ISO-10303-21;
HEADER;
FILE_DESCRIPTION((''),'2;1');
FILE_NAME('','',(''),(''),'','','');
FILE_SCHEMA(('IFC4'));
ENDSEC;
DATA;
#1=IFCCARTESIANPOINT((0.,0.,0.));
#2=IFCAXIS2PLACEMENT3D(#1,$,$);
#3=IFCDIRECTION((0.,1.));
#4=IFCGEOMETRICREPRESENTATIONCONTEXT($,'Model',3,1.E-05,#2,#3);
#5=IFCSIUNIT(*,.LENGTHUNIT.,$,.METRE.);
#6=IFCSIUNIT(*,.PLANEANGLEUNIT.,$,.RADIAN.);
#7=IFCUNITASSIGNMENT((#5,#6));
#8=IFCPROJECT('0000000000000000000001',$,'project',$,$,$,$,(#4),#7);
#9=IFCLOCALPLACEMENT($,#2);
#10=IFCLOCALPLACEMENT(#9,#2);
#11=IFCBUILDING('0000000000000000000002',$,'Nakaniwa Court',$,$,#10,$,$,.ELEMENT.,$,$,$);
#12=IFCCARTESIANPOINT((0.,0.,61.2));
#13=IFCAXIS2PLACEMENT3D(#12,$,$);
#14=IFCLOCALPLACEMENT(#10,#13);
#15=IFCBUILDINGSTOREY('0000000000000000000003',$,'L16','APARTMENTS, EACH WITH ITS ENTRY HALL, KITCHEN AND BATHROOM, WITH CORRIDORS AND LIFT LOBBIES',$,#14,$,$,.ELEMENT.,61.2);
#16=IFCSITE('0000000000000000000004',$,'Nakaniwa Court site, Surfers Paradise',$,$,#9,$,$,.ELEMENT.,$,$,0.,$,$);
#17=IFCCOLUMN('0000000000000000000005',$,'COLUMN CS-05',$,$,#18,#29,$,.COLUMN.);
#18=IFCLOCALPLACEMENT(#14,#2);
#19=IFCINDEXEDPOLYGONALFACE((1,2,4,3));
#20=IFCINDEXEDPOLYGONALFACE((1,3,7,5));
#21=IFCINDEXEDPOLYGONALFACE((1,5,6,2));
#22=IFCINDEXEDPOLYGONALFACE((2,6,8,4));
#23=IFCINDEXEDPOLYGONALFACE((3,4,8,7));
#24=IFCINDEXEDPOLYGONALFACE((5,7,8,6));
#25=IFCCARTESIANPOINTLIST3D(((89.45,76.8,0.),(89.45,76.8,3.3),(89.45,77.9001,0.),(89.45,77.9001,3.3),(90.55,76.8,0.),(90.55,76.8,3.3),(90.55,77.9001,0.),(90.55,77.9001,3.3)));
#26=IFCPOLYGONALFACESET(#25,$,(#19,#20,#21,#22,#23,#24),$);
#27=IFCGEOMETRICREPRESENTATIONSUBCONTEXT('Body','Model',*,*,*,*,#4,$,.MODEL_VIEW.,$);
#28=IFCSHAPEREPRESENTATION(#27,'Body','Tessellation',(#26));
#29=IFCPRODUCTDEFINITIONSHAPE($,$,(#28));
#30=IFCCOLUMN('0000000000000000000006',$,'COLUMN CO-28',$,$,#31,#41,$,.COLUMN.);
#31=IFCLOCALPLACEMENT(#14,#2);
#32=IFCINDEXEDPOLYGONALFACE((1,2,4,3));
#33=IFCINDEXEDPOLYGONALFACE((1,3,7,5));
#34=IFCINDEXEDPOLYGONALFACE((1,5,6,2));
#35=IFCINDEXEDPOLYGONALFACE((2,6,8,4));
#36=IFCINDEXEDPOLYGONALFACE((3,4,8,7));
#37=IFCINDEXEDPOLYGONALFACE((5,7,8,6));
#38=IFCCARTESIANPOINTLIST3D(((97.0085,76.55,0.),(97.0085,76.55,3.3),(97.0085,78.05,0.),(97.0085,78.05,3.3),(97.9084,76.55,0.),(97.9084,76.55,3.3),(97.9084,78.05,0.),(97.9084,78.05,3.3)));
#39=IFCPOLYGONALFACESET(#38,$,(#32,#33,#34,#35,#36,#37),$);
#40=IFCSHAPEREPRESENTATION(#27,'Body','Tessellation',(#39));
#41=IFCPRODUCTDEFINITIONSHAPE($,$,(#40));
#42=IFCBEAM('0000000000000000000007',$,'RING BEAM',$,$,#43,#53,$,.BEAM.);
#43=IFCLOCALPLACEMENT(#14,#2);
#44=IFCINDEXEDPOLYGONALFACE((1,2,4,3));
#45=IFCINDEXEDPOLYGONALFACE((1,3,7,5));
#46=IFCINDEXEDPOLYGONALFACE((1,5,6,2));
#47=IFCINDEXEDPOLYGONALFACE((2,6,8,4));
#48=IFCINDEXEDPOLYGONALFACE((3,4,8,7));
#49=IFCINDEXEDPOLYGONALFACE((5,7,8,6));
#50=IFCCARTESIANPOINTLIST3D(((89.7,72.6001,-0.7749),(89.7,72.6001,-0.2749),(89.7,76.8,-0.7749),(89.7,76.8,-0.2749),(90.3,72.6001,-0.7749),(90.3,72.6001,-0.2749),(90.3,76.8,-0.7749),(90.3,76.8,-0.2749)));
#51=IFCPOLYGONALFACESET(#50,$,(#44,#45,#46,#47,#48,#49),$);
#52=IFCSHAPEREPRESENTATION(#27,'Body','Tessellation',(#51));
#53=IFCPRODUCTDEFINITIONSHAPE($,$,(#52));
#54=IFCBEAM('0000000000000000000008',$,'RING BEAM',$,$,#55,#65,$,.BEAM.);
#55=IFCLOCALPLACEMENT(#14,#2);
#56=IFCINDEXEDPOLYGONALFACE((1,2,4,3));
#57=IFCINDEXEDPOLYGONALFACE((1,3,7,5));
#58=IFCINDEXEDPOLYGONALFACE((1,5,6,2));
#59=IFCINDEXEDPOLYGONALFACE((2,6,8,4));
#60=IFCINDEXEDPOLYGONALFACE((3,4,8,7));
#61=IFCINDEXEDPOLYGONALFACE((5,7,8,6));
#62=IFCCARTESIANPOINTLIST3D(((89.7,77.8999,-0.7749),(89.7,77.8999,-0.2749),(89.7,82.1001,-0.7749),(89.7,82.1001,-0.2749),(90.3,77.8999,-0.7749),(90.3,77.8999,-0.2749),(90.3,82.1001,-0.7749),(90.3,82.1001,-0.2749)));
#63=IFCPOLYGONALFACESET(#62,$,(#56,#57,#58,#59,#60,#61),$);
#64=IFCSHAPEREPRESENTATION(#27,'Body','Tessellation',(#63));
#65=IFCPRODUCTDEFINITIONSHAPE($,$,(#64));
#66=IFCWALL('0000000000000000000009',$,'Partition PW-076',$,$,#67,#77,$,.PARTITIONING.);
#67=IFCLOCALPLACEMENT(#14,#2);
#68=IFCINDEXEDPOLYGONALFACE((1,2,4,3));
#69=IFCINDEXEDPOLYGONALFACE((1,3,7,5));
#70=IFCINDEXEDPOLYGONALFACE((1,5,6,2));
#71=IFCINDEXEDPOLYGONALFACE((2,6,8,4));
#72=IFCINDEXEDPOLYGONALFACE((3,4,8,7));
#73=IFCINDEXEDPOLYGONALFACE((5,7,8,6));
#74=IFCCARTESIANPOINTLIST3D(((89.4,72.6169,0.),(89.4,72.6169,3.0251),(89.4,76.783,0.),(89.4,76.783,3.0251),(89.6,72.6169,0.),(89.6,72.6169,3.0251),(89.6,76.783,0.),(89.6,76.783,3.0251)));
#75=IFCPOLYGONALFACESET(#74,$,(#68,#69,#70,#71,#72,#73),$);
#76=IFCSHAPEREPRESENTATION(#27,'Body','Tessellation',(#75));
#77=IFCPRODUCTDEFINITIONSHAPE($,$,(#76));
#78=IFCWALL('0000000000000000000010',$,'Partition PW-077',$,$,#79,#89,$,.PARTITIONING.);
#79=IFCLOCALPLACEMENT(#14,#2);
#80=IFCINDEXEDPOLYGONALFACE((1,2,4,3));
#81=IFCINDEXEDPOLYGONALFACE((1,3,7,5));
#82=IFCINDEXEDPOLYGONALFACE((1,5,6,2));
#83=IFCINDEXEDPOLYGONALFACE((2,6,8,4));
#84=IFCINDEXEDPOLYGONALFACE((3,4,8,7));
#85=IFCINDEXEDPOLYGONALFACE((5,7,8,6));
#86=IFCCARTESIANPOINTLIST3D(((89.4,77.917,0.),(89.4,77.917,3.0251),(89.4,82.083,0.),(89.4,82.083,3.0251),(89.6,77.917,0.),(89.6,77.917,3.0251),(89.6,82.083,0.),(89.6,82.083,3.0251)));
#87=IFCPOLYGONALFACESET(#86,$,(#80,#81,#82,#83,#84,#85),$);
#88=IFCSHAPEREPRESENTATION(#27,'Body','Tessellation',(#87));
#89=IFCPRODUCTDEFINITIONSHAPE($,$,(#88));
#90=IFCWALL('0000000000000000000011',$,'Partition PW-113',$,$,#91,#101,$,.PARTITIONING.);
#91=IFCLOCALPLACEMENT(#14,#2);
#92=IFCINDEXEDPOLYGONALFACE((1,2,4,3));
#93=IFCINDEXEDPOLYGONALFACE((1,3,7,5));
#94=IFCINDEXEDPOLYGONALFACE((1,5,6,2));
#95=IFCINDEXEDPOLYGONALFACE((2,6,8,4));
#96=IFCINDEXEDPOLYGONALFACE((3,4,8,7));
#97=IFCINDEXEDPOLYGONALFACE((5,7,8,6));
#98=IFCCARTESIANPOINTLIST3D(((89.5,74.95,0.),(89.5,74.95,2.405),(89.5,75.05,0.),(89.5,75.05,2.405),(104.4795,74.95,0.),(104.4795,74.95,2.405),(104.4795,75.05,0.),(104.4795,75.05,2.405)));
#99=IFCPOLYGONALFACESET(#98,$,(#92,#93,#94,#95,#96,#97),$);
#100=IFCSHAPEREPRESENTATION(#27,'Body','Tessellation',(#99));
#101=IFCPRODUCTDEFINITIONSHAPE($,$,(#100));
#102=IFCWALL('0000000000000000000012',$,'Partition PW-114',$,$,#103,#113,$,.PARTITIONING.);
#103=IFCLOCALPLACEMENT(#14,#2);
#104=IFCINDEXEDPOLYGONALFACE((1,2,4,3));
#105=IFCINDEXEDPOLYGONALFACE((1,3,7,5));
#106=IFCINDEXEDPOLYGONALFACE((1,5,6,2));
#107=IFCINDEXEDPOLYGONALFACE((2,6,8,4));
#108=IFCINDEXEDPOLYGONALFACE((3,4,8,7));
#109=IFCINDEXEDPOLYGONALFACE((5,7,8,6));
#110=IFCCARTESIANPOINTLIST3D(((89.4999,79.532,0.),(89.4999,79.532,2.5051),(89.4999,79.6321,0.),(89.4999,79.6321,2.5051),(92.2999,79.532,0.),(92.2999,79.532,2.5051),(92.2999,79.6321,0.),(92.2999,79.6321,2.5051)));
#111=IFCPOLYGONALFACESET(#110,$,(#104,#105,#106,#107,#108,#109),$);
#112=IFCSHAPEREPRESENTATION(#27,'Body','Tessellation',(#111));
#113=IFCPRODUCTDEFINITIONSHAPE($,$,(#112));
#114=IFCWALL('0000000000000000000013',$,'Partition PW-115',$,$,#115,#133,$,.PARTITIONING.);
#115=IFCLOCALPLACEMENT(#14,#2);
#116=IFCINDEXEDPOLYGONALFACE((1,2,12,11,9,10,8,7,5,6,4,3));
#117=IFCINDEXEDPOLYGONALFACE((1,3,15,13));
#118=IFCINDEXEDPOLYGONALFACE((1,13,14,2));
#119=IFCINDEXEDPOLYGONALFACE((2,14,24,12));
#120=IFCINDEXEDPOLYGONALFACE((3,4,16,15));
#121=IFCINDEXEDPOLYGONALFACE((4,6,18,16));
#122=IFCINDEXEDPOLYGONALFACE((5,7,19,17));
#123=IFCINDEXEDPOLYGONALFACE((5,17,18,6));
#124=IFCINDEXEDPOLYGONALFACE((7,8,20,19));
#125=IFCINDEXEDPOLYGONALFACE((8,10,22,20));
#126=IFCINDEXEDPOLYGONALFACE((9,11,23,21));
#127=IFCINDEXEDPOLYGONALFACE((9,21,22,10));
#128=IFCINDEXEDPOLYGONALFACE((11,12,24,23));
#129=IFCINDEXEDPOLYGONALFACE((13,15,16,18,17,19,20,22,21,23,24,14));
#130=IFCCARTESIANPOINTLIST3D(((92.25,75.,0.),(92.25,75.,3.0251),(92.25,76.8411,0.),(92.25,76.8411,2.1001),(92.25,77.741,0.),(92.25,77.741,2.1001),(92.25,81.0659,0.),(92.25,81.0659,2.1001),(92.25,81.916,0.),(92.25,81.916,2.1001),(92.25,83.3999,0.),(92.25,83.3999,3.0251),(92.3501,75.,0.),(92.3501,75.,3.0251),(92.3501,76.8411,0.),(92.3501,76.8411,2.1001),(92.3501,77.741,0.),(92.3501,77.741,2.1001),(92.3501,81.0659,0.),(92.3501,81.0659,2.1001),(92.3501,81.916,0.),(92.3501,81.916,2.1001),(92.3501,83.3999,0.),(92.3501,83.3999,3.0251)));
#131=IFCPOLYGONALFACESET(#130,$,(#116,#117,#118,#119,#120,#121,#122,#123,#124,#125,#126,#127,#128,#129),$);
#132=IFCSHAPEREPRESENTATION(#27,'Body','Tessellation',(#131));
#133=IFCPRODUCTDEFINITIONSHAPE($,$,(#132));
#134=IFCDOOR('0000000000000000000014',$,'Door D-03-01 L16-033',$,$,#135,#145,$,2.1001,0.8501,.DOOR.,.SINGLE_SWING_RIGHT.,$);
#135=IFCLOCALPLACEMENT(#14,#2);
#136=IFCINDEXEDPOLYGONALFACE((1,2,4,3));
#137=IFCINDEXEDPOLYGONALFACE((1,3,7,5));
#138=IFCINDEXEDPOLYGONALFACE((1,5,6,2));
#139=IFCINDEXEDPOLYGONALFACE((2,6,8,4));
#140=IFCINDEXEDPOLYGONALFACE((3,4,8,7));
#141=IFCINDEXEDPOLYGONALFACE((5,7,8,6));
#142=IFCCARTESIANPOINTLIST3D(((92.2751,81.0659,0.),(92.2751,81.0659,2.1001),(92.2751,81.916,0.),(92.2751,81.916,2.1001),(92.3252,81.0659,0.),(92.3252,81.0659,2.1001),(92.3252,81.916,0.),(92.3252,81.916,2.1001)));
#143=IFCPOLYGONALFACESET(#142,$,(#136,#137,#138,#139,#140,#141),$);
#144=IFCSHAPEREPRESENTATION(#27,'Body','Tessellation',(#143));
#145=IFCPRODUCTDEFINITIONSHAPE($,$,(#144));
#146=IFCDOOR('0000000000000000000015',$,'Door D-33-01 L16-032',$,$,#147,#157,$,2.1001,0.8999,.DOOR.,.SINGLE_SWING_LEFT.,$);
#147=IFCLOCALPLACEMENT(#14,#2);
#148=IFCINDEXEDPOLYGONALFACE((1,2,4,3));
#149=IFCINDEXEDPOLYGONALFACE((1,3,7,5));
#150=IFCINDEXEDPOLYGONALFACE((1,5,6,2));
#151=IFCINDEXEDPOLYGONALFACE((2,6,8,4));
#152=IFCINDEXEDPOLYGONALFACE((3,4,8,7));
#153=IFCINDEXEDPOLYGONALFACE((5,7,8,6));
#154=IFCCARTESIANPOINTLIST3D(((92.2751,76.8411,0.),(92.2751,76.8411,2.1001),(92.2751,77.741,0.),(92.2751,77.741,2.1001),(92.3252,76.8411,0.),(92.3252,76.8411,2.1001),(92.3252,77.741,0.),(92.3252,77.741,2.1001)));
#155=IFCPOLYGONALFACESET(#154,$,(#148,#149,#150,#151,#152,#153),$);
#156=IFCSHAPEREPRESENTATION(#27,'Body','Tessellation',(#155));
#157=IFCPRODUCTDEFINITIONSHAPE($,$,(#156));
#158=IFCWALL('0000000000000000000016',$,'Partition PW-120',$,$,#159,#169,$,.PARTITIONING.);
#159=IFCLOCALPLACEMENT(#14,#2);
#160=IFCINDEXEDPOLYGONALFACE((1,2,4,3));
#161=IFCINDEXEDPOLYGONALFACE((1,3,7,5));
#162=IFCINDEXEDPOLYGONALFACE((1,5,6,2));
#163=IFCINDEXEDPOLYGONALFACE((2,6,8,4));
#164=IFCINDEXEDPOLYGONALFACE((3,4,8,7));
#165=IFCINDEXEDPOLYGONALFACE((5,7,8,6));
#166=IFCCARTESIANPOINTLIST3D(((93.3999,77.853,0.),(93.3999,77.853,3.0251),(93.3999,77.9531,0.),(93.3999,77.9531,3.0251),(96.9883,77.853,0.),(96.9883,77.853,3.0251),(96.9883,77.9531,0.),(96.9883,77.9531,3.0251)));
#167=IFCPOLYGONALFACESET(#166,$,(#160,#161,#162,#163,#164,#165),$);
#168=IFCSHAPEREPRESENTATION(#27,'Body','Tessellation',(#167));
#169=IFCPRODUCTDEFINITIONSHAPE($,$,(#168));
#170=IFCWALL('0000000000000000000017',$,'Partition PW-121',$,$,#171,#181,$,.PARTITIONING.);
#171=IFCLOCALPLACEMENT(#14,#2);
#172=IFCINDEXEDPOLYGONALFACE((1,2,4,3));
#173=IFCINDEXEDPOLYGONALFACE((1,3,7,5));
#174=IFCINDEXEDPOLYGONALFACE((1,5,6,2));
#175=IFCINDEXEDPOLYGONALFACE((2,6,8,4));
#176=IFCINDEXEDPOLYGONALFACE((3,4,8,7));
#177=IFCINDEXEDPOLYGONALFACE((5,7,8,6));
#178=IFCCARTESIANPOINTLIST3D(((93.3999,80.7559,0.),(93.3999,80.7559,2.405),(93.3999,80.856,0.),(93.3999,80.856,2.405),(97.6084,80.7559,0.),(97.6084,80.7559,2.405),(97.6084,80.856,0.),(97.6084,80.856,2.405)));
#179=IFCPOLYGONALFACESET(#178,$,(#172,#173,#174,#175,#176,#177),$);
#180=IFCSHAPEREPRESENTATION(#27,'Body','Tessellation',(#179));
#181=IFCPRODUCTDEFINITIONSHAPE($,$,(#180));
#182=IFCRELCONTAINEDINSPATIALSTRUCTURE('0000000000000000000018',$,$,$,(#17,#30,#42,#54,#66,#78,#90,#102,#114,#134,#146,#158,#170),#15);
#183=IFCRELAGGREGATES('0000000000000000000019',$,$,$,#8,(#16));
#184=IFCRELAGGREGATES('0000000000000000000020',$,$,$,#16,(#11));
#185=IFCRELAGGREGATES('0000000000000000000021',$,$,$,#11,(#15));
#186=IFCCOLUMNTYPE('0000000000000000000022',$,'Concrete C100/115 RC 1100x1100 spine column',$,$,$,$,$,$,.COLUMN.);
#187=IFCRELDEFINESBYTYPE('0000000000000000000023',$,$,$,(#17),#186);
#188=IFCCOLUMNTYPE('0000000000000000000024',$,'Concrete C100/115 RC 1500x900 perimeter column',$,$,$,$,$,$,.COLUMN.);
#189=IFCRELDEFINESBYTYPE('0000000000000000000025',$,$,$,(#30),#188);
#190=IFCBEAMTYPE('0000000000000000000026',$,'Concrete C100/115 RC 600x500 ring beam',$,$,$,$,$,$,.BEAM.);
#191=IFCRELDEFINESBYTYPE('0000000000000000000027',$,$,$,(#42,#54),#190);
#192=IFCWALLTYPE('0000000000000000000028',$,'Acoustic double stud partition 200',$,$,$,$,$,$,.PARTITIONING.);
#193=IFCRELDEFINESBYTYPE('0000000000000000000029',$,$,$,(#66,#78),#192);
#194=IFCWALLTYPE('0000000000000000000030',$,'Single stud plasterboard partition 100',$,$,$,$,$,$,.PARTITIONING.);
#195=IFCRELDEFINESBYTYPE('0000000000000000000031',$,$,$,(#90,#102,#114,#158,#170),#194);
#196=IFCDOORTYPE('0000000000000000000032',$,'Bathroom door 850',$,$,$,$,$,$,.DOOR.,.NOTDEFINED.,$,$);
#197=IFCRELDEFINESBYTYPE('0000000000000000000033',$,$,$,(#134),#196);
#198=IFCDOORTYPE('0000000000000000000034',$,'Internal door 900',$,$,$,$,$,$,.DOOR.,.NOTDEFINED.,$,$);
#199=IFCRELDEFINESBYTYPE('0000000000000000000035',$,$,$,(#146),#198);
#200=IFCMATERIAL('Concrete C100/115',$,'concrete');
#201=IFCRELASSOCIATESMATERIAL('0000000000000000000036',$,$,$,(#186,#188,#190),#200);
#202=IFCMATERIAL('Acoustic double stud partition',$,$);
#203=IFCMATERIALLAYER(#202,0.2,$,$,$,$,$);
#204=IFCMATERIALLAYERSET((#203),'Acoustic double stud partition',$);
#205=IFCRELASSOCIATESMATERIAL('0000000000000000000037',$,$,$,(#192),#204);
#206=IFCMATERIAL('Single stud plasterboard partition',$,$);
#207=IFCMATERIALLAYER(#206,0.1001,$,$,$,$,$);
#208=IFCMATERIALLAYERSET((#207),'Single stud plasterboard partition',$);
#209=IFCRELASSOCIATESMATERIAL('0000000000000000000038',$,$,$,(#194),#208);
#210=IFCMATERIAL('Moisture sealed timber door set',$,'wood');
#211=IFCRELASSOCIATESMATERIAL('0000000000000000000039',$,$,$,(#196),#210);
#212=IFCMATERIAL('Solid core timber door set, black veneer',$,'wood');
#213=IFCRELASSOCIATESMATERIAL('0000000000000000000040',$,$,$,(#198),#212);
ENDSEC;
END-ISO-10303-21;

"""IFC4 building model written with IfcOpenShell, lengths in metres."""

from ifc_helpers import new_model, si_unit, direction, frame, frame_2d, origin, origin_2d, place, context, subcontext, project, spatial, rectangle, extrude, material, layer, layer_set, material_profile, profile_set, type_object, element, fill, save


model = new_model("IFC4")

# Units and contexts
model_context = context("Model", 3, precision=1e-05, world=origin(), true_north=direction((0.0, 1.0)))
body_context = subcontext(model_context, "Body", "Model", "MODEL_VIEW")
ifc_project = project(units=[si_unit("LENGTHUNIT", "METRE"), si_unit("PLANEANGLEUNIT", "RADIAN")], contexts=[model_context])

# Site, building, storey
site_placement = place(None, origin())
site = spatial("IfcSite", under=ifc_project, at=site_placement, Name="Nakaniwa Court site, Surfers Paradise", CompositionType="ELEMENT", RefElevation=0.0)
building_placement = place(site_placement, origin())
building = spatial("IfcBuilding", under=site, at=building_placement, Name="Nakaniwa Court", CompositionType="ELEMENT")
storey_placement = place(building_placement, frame((0.0, 0.0, 61.2)))
storey = spatial("IfcBuildingStorey", under=building, at=storey_placement, Name="L16", Description="APARTMENTS, EACH WITH ITS ENTRY HALL, KITCHEN AND BATHROOM, WITH CORRIDORS AND LIFT LOBBIES", CompositionType="ELEMENT", Elevation=61.2)

# Columns
ifc_material_1 = material(Name="Concrete C100/115", Category="concrete")
ifc_material_profile_1 = material_profile(ifc_material_1, rectangle(XDim=1.1001, YDim=1.1001, at=origin_2d()), Name="Concrete C100/115 RC 1100x1100 spine column")
ifc_profile_set_1 = profile_set([ifc_material_profile_1], Name="Concrete C100/115")
column_type_1 = type_object("IfcColumnType", Name="Concrete C100/115 RC 1100x1100 spine column", PredefinedType="COLUMN", material=ifc_profile_set_1)
column_1_placement = place(storey_placement, frame((90.0, 77.3501, 0.0), z_axis=(0.0, 0.0, 1.0), x_axis=(0.0, 1.0, 0.0)))
element("IfcColumn", 1, at=column_1_placement, inside=storey, type_object=column_type_1, Name="COLUMN CS-05", PredefinedType="COLUMN", context=body_context, shape_type="SweptSolid", body=[
    extrude(rectangle(XDim=1.1001, YDim=1.1001, at=origin_2d()), origin(), (0.0, 0.0, 1.0), 3.3),
])
ifc_material_profile_2 = material_profile(ifc_material_1, rectangle(XDim=1.5, YDim=0.8999, at=origin_2d()), Name="Concrete C100/115 RC 1500x900 perimeter column")
ifc_profile_set_2 = profile_set([ifc_material_profile_2], Name="Concrete C100/115")
column_type_2 = type_object("IfcColumnType", Name="Concrete C100/115 RC 1500x900 perimeter column", PredefinedType="COLUMN", material=ifc_profile_set_2)
column_2_placement = place(storey_placement, frame((97.4585, 77.3, 0.0), z_axis=(0.0, 0.0, 1.0), x_axis=(0.0, 1.0, 0.0)))
element("IfcColumn", 2, at=column_2_placement, inside=storey, type_object=column_type_2, Name="COLUMN CO-28", PredefinedType="COLUMN", context=body_context, shape_type="SweptSolid", body=[
    extrude(rectangle(XDim=1.5, YDim=0.8999, at=origin_2d()), origin(), (0.0, 0.0, 1.0), 3.3),
])

# Beams
ifc_material_profile_3 = material_profile(ifc_material_1, rectangle(XDim=0.6001, YDim=0.5, at=origin_2d()), Name="Concrete C100/115 RC 600x500 ring beam")
ifc_profile_set_3 = profile_set([ifc_material_profile_3], Name="Concrete C100/115")
beam_type = type_object("IfcBeamType", Name="Concrete C100/115 RC 600x500 ring beam", PredefinedType="BEAM", material=ifc_profile_set_3)
beam_1_placement = place(storey_placement, frame((90.0, 72.6001, -0.5249), z_axis=(0.0, 1.0, 0.0), x_axis=(-1.0, 0.0, 0.0)))
element("IfcBeam", 3, at=beam_1_placement, inside=storey, type_object=beam_type, Name="RING BEAM", PredefinedType="BEAM", context=body_context, shape_type="SweptSolid", body=[
    extrude(rectangle(XDim=0.6001, YDim=0.5, at=origin_2d()), origin(), (0.0, 0.0, 1.0), 4.2),
])
beam_2_placement = place(storey_placement, frame((90.0, 77.8999, -0.5249), z_axis=(0.0, 1.0, 0.0), x_axis=(-1.0, 0.0, 0.0)))
element("IfcBeam", 4, at=beam_2_placement, inside=storey, type_object=beam_type, Name="RING BEAM", PredefinedType="BEAM", context=body_context, shape_type="SweptSolid", body=[
    extrude(rectangle(XDim=0.6001, YDim=0.5, at=origin_2d()), origin(), (0.0, 0.0, 1.0), 4.2002),
])

# Walls
ifc_material_2 = material(Name="Acoustic double stud partition")
ifc_layer_1 = layer(ifc_material_2, 0.2)
ifc_layer_set_1 = layer_set([ifc_layer_1], Name="Acoustic double stud partition")
wall_type_1 = type_object("IfcWallType", Name="Acoustic double stud partition 200", PredefinedType="PARTITIONING", material=ifc_layer_set_1)
for number, where, z_axis, x_axis, name in (
    (5, (89.5, 72.6169, 0.0), (0.0, 0.0, 1.0), (0.0, 1.0, 0.0), "Partition PW-076"),
    (6, (89.5, 77.917, 0.0), (0.0, 0.0, 1.0), (0.0, 1.0, 0.0), "Partition PW-077"),
):
    element("IfcWall", number, at=place(storey_placement, frame(where, z_axis=z_axis, x_axis=x_axis)), inside=storey, type_object=wall_type_1, Name=name, PredefinedType="PARTITIONING", context=body_context, shape_type="SweptSolid", body=[
        extrude(rectangle(XDim=4.166, YDim=0.2, at=frame_2d((2.083, 0.0))), origin(), (0.0, 0.0, 1.0), 3.0251),
    ])
ifc_material_3 = material(Name="Single stud plasterboard partition")
ifc_layer_2 = layer(ifc_material_3, 0.1001)
ifc_layer_set_2 = layer_set([ifc_layer_2], Name="Single stud plasterboard partition")
wall_type_2 = type_object("IfcWallType", Name="Single stud plasterboard partition 100", PredefinedType="PARTITIONING", material=ifc_layer_set_2)
wall_1_placement = place(storey_placement, frame((89.5, 75.0, 0.0), z_axis=(0.0, 0.0, 1.0), x_axis=(1.0, 0.0, 0.0)))
element("IfcWall", 7, at=wall_1_placement, inside=storey, type_object=wall_type_2, Name="Partition PW-113", PredefinedType="PARTITIONING", context=body_context, shape_type="SweptSolid", body=[
    extrude(rectangle(XDim=14.9795, YDim=0.1001, at=frame_2d((7.4897, 0.0))), origin(), (0.0, 0.0, 1.0), 2.405),
])
wall_2_placement = place(storey_placement, frame((89.5, 79.582, 0.0), z_axis=(0.0, 0.0, 1.0), x_axis=(1.0, 0.0, 0.0)))
element("IfcWall", 8, at=wall_2_placement, inside=storey, type_object=wall_type_2, Name="Partition PW-114", PredefinedType="PARTITIONING", context=body_context, shape_type="SweptSolid", body=[
    extrude(rectangle(XDim=2.8, YDim=0.1001, at=frame_2d((1.3999, 0.0))), origin(), (0.0, 0.0, 1.0), 2.5051),
])

# Wall, openings, doors
wall_3_placement = place(storey_placement, frame((92.3, 75.0, 0.0), z_axis=(0.0, 0.0, 1.0), x_axis=(0.0, 1.0, 0.0)))
wall_3 = element("IfcWall", 9, at=wall_3_placement, inside=storey, type_object=wall_type_2, Name="Partition PW-115", PredefinedType="PARTITIONING", context=body_context, shape_type="SweptSolid", body=[
    extrude(rectangle(XDim=8.3999, YDim=0.1001, at=frame_2d((4.2, 0.0))), origin(), (0.0, 0.0, 1.0), 3.0251),
])
opening_1_placement = place(wall_3_placement, frame((1.8411, 0.0, 0.0)))
opening_1 = element("IfcOpeningElement", 10, at=opening_1_placement, cuts=wall_3, PredefinedType="OPENING", context=body_context, shape_type="SweptSolid", body=[
    extrude(rectangle(XDim=0.8999, YDim=2.1001, at=frame_2d((0.45, 1.05))), frame((0.0, 0.0601, 0.0), z_axis=(0.0, -1.0, 0.0), x_axis=(1.0, 0.0, 0.0)), (0.0, 0.0, 1.0), 0.1201),
])
opening_2_placement = place(wall_3_placement, frame((6.0659, 0.0, 0.0)))
opening_2 = element("IfcOpeningElement", 11, at=opening_2_placement, cuts=wall_3, PredefinedType="OPENING", context=body_context, shape_type="SweptSolid", body=[
    extrude(rectangle(XDim=0.8501, YDim=2.1001, at=frame_2d((0.425, 1.05))), frame((0.0, 0.0601, 0.0), z_axis=(0.0, -1.0, 0.0), x_axis=(1.0, 0.0, 0.0)), (0.0, 0.0, 1.0), 0.1201),
])
ifc_material_4 = material(Name="Moisture sealed timber door set", Category="wood")
door_type_1 = type_object("IfcDoorType", Name="Bathroom door 850", OperationType="NOTDEFINED", PredefinedType="DOOR", material=ifc_material_4)
door_1_placement = place(opening_2_placement, origin())
door_1 = element("IfcDoor", 12, at=door_1_placement, inside=storey, type_object=door_type_1, Name="Door D-03-01 L16-033", OperationType="SINGLE_SWING_RIGHT", OverallHeight=2.1001, OverallWidth=0.8501, PredefinedType="DOOR", context=body_context, shape_type="SweptSolid", body=[
    extrude(rectangle(XDim=0.8501, YDim=2.1001, at=frame_2d((0.425, 1.05))), frame((0.0, 0.0249, 0.0), z_axis=(0.0, -1.0, 0.0), x_axis=(1.0, 0.0, 0.0)), (0.0, 0.0, 1.0), 0.05),
])
fill(opening_2, door_1)
ifc_material_5 = material(Name="Solid core timber door set, black veneer", Category="wood")
door_type_2 = type_object("IfcDoorType", Name="Internal door 900", OperationType="NOTDEFINED", PredefinedType="DOOR", material=ifc_material_5)
door_2_placement = place(opening_1_placement, origin())
door_2 = element("IfcDoor", 13, at=door_2_placement, inside=storey, type_object=door_type_2, Name="Door D-33-01 L16-032", OperationType="SINGLE_SWING_LEFT", OverallHeight=2.1001, OverallWidth=0.8999, PredefinedType="DOOR", context=body_context, shape_type="SweptSolid", body=[
    extrude(rectangle(XDim=0.8999, YDim=2.1001, at=frame_2d((0.45, 1.05))), frame((0.0, 0.0249, 0.0), z_axis=(0.0, -1.0, 0.0), x_axis=(1.0, 0.0, 0.0)), (0.0, 0.0, 1.0), 0.05),
])
fill(opening_1, door_2)

# Walls
wall_4_placement = place(storey_placement, frame((93.3999, 77.9031, 0.0), z_axis=(0.0, 0.0, 1.0), x_axis=(1.0, 0.0, 0.0)))
element("IfcWall", 14, at=wall_4_placement, inside=storey, type_object=wall_type_2, Name="Partition PW-120", PredefinedType="PARTITIONING", context=body_context, shape_type="SweptSolid", body=[
    extrude(rectangle(XDim=3.5884, YDim=0.1001, at=frame_2d((1.7942, 0.0))), origin(), (0.0, 0.0, 1.0), 3.0251),
])
wall_5_placement = place(storey_placement, frame((93.3999, 80.8059, 0.0), z_axis=(0.0, 0.0, 1.0), x_axis=(1.0, 0.0, 0.0)))
element("IfcWall", 15, at=wall_5_placement, inside=storey, type_object=wall_type_2, Name="Partition PW-121", PredefinedType="PARTITIONING", context=body_context, shape_type="SweptSolid", body=[
    extrude(rectangle(XDim=4.2085, YDim=0.1001, at=frame_2d((2.1042, 0.0))), origin(), (0.0, 0.0, 1.0), 2.405),
])

save(model, "model.ifc")
